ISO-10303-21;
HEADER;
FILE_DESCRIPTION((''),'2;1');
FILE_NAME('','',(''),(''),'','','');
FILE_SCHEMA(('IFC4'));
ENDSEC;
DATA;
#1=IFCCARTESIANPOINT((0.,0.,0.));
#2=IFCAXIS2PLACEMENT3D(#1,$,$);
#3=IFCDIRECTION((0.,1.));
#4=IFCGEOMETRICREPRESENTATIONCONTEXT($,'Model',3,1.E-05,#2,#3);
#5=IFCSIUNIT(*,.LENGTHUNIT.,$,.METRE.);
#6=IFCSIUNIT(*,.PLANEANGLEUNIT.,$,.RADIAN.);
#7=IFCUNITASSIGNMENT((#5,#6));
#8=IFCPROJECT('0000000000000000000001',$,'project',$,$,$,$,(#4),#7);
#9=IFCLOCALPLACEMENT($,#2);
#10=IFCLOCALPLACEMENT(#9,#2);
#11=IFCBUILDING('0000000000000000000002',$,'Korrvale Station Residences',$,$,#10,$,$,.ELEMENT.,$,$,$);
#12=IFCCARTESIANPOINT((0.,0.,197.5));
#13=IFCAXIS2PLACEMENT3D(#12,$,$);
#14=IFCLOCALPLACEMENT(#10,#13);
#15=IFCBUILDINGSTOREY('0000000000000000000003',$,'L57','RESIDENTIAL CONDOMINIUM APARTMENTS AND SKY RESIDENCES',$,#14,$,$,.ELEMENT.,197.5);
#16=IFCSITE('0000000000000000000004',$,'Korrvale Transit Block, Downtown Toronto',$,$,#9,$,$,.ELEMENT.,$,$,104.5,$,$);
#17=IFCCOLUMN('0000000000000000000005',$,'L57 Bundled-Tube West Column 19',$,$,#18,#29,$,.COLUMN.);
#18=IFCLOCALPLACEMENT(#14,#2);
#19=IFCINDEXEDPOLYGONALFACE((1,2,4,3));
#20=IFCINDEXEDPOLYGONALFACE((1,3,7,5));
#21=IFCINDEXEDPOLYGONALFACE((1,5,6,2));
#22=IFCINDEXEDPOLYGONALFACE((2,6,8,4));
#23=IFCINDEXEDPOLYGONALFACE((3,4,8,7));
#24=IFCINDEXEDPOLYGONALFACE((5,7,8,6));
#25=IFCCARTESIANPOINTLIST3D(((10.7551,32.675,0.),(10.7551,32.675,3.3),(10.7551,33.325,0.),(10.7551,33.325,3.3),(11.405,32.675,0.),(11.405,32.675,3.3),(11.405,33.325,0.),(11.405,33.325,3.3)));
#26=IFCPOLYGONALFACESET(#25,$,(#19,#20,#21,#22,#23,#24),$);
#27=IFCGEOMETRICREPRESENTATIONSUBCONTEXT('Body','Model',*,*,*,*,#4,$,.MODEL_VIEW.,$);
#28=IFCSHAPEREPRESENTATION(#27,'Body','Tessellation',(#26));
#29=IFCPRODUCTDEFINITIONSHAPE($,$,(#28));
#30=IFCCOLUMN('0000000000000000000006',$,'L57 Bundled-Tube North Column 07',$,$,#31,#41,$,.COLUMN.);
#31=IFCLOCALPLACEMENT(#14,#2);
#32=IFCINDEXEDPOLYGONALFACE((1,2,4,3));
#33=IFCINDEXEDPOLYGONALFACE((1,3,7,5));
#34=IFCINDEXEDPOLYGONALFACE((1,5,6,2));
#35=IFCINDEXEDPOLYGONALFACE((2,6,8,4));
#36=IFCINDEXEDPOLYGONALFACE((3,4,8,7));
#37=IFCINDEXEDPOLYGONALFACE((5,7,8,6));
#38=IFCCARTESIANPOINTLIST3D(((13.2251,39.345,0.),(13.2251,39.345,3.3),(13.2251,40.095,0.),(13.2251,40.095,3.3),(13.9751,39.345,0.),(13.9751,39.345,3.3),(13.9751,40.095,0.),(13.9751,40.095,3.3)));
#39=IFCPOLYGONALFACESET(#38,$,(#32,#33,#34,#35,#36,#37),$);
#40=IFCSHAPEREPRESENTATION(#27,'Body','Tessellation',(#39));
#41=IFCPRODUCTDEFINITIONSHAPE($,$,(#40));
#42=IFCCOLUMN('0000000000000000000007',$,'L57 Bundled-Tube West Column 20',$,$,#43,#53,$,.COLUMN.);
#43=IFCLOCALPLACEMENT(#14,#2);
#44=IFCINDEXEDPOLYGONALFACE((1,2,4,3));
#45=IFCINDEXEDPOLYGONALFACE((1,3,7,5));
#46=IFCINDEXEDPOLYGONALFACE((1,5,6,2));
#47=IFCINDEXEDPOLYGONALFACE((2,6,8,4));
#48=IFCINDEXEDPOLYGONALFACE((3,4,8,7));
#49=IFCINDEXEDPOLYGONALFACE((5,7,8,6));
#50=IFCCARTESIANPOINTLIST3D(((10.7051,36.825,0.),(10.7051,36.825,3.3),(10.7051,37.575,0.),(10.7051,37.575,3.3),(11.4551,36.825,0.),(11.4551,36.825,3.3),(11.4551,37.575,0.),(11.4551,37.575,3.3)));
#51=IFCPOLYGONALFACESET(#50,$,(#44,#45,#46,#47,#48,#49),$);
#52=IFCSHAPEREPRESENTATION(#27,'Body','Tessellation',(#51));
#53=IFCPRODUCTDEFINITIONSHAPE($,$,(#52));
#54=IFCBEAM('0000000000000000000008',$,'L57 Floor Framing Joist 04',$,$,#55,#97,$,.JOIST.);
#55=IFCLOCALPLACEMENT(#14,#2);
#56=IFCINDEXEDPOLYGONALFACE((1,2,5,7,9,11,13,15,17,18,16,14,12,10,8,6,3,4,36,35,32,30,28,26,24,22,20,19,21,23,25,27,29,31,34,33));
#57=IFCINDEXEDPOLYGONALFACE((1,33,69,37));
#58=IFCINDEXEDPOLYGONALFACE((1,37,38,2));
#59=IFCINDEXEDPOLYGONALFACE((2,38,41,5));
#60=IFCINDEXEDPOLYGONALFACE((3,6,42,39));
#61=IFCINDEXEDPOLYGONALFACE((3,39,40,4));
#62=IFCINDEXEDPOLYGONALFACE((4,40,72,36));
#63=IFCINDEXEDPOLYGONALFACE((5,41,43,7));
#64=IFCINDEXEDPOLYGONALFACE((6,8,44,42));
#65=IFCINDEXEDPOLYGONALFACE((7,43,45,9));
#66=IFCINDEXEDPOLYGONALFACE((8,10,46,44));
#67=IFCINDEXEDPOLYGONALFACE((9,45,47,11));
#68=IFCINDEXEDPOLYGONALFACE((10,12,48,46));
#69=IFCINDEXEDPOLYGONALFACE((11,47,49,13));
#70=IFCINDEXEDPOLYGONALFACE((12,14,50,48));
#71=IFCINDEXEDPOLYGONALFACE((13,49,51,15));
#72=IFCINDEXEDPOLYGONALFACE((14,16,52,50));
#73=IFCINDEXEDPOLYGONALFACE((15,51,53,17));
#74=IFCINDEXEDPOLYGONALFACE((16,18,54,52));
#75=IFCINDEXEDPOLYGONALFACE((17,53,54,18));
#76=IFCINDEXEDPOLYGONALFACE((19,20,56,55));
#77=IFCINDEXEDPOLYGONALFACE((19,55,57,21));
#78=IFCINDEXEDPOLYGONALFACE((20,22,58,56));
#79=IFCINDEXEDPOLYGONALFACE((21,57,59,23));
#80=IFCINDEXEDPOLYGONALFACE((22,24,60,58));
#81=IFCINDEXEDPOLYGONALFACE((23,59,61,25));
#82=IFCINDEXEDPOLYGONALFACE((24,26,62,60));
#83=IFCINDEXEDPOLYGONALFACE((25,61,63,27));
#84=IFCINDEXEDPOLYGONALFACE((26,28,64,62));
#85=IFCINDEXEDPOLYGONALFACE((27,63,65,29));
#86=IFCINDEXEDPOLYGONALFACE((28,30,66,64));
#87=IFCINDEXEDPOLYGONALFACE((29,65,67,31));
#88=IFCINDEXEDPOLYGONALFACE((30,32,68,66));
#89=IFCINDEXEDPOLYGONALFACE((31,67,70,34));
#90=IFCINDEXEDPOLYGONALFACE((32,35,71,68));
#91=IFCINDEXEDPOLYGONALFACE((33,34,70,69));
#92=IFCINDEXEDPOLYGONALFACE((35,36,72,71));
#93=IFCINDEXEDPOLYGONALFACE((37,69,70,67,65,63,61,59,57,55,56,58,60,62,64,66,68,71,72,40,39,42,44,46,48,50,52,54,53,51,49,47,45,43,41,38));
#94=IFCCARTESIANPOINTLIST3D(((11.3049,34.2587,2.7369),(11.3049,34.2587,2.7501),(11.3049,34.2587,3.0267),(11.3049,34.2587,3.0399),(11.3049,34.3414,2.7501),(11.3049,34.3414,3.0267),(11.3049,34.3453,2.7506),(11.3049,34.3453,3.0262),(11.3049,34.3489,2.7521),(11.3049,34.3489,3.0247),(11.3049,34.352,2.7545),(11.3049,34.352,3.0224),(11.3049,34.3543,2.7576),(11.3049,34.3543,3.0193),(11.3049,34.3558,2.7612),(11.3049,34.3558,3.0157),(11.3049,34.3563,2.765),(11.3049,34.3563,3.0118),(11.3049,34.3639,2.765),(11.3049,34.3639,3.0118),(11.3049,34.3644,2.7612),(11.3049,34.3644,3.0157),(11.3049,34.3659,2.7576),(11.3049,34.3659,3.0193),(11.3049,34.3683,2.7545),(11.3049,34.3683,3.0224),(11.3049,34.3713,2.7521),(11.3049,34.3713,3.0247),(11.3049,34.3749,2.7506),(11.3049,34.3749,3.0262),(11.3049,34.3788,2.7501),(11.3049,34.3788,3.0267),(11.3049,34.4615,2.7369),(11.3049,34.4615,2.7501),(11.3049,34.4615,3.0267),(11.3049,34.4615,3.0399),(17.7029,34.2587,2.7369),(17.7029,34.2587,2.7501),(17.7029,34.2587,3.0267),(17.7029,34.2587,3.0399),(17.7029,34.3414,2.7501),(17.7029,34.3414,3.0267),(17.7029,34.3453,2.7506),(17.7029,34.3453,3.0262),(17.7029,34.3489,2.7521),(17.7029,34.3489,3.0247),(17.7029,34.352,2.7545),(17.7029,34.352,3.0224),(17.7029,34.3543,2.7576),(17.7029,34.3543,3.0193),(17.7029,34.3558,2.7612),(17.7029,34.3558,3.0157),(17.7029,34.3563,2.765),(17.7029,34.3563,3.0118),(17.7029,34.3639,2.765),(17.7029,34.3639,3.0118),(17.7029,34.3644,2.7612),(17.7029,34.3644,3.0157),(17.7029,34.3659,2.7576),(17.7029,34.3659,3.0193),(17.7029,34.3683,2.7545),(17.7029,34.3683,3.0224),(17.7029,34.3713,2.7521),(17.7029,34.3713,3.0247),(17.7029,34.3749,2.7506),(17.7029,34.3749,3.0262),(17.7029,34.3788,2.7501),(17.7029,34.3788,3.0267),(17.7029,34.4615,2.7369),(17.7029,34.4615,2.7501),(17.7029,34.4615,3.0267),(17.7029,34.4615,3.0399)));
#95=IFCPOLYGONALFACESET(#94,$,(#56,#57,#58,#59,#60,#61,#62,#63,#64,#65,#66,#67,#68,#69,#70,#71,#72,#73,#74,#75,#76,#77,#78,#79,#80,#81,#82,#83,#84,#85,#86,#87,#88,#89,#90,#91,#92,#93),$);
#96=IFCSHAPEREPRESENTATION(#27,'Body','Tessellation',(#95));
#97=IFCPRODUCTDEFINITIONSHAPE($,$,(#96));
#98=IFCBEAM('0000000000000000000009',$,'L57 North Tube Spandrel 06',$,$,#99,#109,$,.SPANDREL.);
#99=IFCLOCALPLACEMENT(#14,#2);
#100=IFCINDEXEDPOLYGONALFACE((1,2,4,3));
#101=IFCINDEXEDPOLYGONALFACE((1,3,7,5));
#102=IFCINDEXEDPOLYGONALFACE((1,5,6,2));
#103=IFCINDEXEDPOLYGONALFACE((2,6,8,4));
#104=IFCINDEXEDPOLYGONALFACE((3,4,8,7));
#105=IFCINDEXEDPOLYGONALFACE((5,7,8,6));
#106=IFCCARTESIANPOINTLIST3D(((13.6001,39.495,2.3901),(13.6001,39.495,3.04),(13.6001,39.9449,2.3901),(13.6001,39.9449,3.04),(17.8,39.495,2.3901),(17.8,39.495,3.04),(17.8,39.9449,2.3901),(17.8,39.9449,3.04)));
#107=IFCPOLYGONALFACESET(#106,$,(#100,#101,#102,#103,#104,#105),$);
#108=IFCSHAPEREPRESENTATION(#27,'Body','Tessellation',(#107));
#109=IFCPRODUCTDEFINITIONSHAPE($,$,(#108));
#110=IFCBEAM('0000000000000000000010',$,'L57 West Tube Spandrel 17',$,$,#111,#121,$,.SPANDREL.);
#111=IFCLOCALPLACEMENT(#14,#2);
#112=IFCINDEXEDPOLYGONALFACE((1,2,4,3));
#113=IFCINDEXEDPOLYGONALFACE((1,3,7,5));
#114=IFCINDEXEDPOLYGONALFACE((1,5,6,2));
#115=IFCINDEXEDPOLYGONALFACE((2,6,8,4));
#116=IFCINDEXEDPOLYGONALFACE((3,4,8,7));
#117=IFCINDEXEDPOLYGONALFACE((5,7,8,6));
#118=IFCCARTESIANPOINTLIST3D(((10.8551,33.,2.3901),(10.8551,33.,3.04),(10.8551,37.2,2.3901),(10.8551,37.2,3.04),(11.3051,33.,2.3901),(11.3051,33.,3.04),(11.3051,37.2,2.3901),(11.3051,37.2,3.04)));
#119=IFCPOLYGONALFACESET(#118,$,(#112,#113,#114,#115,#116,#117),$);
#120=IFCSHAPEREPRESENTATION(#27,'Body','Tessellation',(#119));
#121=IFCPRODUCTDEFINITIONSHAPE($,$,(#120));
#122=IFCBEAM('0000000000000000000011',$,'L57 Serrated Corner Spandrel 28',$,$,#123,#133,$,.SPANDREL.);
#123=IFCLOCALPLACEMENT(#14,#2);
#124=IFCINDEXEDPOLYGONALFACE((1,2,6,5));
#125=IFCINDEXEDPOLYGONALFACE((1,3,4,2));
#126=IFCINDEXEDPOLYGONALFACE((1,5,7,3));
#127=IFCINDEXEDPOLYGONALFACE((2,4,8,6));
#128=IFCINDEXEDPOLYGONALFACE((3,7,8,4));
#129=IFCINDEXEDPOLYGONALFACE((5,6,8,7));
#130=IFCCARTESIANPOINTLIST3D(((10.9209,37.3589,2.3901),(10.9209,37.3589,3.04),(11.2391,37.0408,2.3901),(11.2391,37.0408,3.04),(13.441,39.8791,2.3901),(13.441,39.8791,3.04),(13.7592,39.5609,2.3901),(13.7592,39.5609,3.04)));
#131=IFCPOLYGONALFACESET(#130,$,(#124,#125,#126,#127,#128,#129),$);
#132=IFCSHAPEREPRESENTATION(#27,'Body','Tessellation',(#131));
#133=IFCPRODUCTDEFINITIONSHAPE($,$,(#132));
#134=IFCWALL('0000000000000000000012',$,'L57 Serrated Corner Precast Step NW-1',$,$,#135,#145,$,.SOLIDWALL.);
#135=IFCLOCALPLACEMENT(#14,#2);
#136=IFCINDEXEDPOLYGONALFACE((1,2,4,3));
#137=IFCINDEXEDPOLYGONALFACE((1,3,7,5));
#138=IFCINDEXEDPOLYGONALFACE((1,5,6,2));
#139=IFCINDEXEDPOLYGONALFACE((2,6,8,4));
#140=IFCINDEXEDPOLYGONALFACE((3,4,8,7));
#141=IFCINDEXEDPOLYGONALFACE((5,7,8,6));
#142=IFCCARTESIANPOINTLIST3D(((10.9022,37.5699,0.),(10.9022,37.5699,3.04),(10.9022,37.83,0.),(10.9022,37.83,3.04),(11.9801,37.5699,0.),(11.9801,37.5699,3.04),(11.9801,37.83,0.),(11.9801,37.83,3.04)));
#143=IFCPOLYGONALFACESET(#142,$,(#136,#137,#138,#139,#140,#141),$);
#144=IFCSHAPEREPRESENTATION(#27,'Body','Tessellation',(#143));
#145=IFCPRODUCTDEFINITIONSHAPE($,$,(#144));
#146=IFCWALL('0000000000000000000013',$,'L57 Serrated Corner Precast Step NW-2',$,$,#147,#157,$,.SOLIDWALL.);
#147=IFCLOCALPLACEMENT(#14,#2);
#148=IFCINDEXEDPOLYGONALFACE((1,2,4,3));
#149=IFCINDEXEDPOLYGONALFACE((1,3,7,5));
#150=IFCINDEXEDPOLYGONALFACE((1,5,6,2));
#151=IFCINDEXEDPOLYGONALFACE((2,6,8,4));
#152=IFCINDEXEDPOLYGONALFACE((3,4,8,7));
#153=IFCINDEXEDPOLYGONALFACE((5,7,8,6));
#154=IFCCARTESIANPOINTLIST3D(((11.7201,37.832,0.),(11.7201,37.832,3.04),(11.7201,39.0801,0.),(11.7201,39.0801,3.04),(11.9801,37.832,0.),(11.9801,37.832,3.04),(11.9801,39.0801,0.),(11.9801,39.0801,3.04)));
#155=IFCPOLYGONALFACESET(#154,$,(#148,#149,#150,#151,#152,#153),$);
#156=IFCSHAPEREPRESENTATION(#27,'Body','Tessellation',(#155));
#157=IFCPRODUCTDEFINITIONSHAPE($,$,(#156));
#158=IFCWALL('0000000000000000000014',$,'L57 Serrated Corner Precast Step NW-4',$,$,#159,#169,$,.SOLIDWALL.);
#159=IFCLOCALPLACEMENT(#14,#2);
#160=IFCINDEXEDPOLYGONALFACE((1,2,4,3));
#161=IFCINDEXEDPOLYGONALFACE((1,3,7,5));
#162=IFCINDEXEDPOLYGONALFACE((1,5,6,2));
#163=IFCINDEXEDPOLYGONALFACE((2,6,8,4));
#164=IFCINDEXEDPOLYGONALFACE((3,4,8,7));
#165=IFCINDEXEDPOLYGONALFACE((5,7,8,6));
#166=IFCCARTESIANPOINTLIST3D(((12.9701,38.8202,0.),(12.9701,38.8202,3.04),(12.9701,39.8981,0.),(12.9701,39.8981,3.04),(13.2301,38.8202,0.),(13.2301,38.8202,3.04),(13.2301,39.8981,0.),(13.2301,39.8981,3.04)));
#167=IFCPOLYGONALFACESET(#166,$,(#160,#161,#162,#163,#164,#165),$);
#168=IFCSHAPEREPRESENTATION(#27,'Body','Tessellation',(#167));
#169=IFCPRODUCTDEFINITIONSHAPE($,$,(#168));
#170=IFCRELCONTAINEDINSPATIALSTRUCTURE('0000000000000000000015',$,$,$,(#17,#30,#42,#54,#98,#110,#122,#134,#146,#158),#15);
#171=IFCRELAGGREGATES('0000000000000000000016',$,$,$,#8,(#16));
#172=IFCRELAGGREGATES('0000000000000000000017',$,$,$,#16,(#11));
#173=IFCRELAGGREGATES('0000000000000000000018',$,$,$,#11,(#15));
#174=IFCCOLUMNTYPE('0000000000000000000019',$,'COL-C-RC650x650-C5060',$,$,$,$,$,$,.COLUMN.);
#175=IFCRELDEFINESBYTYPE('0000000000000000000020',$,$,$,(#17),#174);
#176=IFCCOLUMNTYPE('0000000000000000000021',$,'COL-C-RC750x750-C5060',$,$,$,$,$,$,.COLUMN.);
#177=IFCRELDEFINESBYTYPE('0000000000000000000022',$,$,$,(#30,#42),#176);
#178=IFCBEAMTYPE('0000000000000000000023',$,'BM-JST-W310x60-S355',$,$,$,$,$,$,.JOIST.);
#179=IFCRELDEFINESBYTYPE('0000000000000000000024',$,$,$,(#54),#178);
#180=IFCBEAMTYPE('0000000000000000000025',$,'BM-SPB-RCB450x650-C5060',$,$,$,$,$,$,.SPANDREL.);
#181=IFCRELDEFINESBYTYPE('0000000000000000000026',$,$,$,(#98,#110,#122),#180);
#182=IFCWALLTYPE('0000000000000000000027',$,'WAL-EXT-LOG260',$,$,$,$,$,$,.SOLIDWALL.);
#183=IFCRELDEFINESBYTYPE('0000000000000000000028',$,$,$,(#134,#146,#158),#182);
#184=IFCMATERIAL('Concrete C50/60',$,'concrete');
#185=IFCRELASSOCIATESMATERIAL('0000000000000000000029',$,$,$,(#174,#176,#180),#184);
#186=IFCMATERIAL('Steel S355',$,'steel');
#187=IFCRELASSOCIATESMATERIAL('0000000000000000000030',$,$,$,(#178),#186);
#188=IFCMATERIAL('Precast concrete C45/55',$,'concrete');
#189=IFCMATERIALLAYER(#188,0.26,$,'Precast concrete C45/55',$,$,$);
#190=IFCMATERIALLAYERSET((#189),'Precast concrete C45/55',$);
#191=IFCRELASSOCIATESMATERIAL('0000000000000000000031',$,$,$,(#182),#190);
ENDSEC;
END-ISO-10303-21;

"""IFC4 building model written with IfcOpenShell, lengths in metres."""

from ifc_helpers import new_model, si_unit, direction, frame, frame_2d, origin, origin_2d, place, context, subcontext, project, spatial, rectangle, i_section, extrude, material, layer, layer_set, material_profile, profile_set, type_object, element, save


model = new_model("IFC4")

# Units and contexts
model_context = context("Model", 3, precision=1e-05, world=origin(), true_north=direction((0.0, 1.0)))
body_context = subcontext(model_context, "Body", "Model", "MODEL_VIEW")
ifc_project = project(units=[si_unit("LENGTHUNIT", "METRE"), si_unit("PLANEANGLEUNIT", "RADIAN")], contexts=[model_context])

# Site, building, storey
site_placement = place(None, origin())
site = spatial("IfcSite", under=ifc_project, at=site_placement, Name="Korrvale Transit Block, Downtown Toronto", CompositionType="ELEMENT", RefElevation=104.5)
building_placement = place(site_placement, origin())
building = spatial("IfcBuilding", under=site, at=building_placement, Name="Korrvale Station Residences", CompositionType="ELEMENT")
storey_placement = place(building_placement, frame((0.0, 0.0, 197.5)))
storey = spatial("IfcBuildingStorey", under=building, at=storey_placement, Name="L57", Description="RESIDENTIAL CONDOMINIUM APARTMENTS AND SKY RESIDENCES", CompositionType="ELEMENT", Elevation=197.5)

# Columns
ifc_material_1 = material(Name="Concrete C50/60", Category="concrete")
ifc_material_profile_1 = material_profile(ifc_material_1, rectangle(XDim=0.6499, YDim=0.6499, at=origin_2d()), Name="RC650x650")
ifc_profile_set_1 = profile_set([ifc_material_profile_1], Name="Concrete C50/60")
column_type_1 = type_object("IfcColumnType", Name="COL-C-RC650x650-C5060", PredefinedType="COLUMN", material=ifc_profile_set_1)
column_placement = place(storey_placement, frame((11.0801, 33.0, 0.0), z_axis=(0.0, 0.0, 1.0), x_axis=(1.0, 0.0, 0.0)))
element("IfcColumn", 1, at=column_placement, inside=storey, type_object=column_type_1, Name="L57 Bundled-Tube West Column 19", PredefinedType="COLUMN", context=body_context, shape_type="SweptSolid", body=[
    extrude(rectangle(XDim=0.6499, YDim=0.6499, at=origin_2d()), origin(), (0.0, 0.0, 1.0), 3.3),
])
ifc_material_profile_2 = material_profile(ifc_material_1, rectangle(XDim=0.75, YDim=0.75, at=origin_2d()), Name="RC750x750")
ifc_profile_set_2 = profile_set([ifc_material_profile_2], Name="Concrete C50/60")
column_type_2 = type_object("IfcColumnType", Name="COL-C-RC750x750-C5060", PredefinedType="COLUMN", material=ifc_profile_set_2)
for number, where, z_axis, x_axis, name in (
    (2, (13.6001, 39.72, 0.0), (0.0, 0.0, 1.0), (1.0, 0.0, 0.0), "L57 Bundled-Tube North Column 07"),
    (3, (11.0801, 37.2, 0.0), (0.0, 0.0, 1.0), (1.0, 0.0, 0.0), "L57 Bundled-Tube West Column 20"),
):
    element("IfcColumn", number, at=place(storey_placement, frame(where, z_axis=z_axis, x_axis=x_axis)), inside=storey, type_object=column_type_2, Name=name, PredefinedType="COLUMN", context=body_context, shape_type="SweptSolid", body=[
        extrude(rectangle(XDim=0.75, YDim=0.75, at=origin_2d()), origin(), (0.0, 0.0, 1.0), 3.3),
    ])

# Beams
ifc_material_2 = material(Name="Steel S355", Category="steel")
ifc_material_profile_3 = material_profile(ifc_material_2, i_section(OverallWidth=0.2029, OverallDepth=0.303, WebThickness=0.0076, FlangeThickness=0.0132, FilletRadius=0.0149, at=origin_2d()), Name="W310x60")
ifc_profile_set_3 = profile_set([ifc_material_profile_3], Name="Steel S355")
beam_type_1 = type_object("IfcBeamType", Name="BM-JST-W310x60-S355", PredefinedType="JOIST", material=ifc_profile_set_3)
beam_1_placement = place(storey_placement, frame((11.3049, 34.3601, 2.8884), z_axis=(1.0, 0.0, 0.0), x_axis=(0.0, 1.0, 0.0)))
element("IfcBeam", 4, at=beam_1_placement, inside=storey, type_object=beam_type_1, Name="L57 Floor Framing Joist 04", PredefinedType="JOIST", context=body_context, shape_type="SweptSolid", body=[
    extrude(i_section(OverallWidth=0.2029, OverallDepth=0.303, WebThickness=0.0076, FlangeThickness=0.0132, FilletRadius=0.0149, at=origin_2d()), origin(), (0.0, 0.0, 1.0), 6.3979),
])
ifc_material_profile_4 = material_profile(ifc_material_1, rectangle(XDim=0.45, YDim=0.6499, at=origin_2d()), Name="RCB450x650")
ifc_profile_set_4 = profile_set([ifc_material_profile_4], Name="Concrete C50/60")
beam_type_2 = type_object("IfcBeamType", Name="BM-SPB-RCB450x650-C5060", PredefinedType="SPANDREL", material=ifc_profile_set_4)
for number, where, z_axis, x_axis, name in (
    (5, (13.6001, 39.72, 2.7151), (1.0, 0.0, 0.0), (0.0, 1.0, 0.0), "L57 North Tube Spandrel 06"),
    (6, (11.0801, 33.0, 2.7151), (0.0, 1.0, 0.0), (-1.0, 0.0, 0.0), "L57 West Tube Spandrel 17"),
):
    element("IfcBeam", number, at=place(storey_placement, frame(where, z_axis=z_axis, x_axis=x_axis)), inside=storey, type_object=beam_type_2, Name=name, PredefinedType="SPANDREL", context=body_context, shape_type="SweptSolid", body=[
        extrude(rectangle(XDim=0.45, YDim=0.6499, at=origin_2d()), origin(), (0.0, 0.0, 1.0), 4.2),
    ])
beam_2_placement = place(storey_placement, frame((13.6001, 39.72, 2.7151), z_axis=(-0.707107, -0.707107, 0.0), x_axis=(0.707107, -0.707107, 0.0)))
element("IfcBeam", 7, at=beam_2_placement, inside=storey, type_object=beam_type_2, Name="L57 Serrated Corner Spandrel 28", PredefinedType="SPANDREL", context=body_context, shape_type="SweptSolid", body=[
    extrude(rectangle(XDim=0.45, YDim=0.6499, at=origin_2d()), origin(), (0.0, 0.0, 1.0), 3.564),
])

# Walls
ifc_material_3 = material(Name="Precast concrete C45/55", Category="concrete")
ifc_layer_1 = layer(ifc_material_3, 0.26, Name="Precast concrete C45/55")
ifc_layer_set_1 = layer_set([ifc_layer_1], Name="Precast concrete C45/55")
wall_type_1 = type_object("IfcWallType", Name="WAL-EXT-LOG260", PredefinedType="SOLIDWALL", material=ifc_layer_set_1)
wall_1_placement = place(storey_placement, frame((10.9021, 37.7, 0.0), z_axis=(0.0, 0.0, 1.0), x_axis=(1.0, 0.0, 0.0)))
element("IfcWall", 8, at=wall_1_placement, inside=storey, type_object=wall_type_1, Name="L57 Serrated Corner Precast Step NW-1", PredefinedType="SOLIDWALL", context=body_context, shape_type="SweptSolid", body=[
    extrude(rectangle(XDim=1.0779, YDim=0.26, at=frame_2d((0.5391, 0.0))), origin(), (0.0, 0.0, 1.0), 3.04),
])
wall_2_placement = place(storey_placement, frame((11.8501, 37.832, 0.0), z_axis=(0.0, 0.0, 1.0), x_axis=(0.0, 1.0, 0.0)))
element("IfcWall", 9, at=wall_2_placement, inside=storey, type_object=wall_type_1, Name="L57 Serrated Corner Precast Step NW-2", PredefinedType="SOLIDWALL", context=body_context, shape_type="SweptSolid", body=[
    extrude(rectangle(XDim=1.248, YDim=0.26, at=frame_2d((0.624, 0.0))), origin(), (0.0, 0.0, 1.0), 3.04),
])
wall_3_placement = place(storey_placement, frame((13.1001, 38.8201, 0.0), z_axis=(0.0, 0.0, 1.0), x_axis=(0.0, 1.0, 0.0)))
element("IfcWall", 10, at=wall_3_placement, inside=storey, type_object=wall_type_1, Name="L57 Serrated Corner Precast Step NW-4", PredefinedType="SOLIDWALL", context=body_context, shape_type="SweptSolid", body=[
    extrude(rectangle(XDim=1.0779, YDim=0.26, at=frame_2d((0.5391, 0.0))), origin(), (0.0, 0.0, 1.0), 3.04),
])

save(model, "model.ifc")
